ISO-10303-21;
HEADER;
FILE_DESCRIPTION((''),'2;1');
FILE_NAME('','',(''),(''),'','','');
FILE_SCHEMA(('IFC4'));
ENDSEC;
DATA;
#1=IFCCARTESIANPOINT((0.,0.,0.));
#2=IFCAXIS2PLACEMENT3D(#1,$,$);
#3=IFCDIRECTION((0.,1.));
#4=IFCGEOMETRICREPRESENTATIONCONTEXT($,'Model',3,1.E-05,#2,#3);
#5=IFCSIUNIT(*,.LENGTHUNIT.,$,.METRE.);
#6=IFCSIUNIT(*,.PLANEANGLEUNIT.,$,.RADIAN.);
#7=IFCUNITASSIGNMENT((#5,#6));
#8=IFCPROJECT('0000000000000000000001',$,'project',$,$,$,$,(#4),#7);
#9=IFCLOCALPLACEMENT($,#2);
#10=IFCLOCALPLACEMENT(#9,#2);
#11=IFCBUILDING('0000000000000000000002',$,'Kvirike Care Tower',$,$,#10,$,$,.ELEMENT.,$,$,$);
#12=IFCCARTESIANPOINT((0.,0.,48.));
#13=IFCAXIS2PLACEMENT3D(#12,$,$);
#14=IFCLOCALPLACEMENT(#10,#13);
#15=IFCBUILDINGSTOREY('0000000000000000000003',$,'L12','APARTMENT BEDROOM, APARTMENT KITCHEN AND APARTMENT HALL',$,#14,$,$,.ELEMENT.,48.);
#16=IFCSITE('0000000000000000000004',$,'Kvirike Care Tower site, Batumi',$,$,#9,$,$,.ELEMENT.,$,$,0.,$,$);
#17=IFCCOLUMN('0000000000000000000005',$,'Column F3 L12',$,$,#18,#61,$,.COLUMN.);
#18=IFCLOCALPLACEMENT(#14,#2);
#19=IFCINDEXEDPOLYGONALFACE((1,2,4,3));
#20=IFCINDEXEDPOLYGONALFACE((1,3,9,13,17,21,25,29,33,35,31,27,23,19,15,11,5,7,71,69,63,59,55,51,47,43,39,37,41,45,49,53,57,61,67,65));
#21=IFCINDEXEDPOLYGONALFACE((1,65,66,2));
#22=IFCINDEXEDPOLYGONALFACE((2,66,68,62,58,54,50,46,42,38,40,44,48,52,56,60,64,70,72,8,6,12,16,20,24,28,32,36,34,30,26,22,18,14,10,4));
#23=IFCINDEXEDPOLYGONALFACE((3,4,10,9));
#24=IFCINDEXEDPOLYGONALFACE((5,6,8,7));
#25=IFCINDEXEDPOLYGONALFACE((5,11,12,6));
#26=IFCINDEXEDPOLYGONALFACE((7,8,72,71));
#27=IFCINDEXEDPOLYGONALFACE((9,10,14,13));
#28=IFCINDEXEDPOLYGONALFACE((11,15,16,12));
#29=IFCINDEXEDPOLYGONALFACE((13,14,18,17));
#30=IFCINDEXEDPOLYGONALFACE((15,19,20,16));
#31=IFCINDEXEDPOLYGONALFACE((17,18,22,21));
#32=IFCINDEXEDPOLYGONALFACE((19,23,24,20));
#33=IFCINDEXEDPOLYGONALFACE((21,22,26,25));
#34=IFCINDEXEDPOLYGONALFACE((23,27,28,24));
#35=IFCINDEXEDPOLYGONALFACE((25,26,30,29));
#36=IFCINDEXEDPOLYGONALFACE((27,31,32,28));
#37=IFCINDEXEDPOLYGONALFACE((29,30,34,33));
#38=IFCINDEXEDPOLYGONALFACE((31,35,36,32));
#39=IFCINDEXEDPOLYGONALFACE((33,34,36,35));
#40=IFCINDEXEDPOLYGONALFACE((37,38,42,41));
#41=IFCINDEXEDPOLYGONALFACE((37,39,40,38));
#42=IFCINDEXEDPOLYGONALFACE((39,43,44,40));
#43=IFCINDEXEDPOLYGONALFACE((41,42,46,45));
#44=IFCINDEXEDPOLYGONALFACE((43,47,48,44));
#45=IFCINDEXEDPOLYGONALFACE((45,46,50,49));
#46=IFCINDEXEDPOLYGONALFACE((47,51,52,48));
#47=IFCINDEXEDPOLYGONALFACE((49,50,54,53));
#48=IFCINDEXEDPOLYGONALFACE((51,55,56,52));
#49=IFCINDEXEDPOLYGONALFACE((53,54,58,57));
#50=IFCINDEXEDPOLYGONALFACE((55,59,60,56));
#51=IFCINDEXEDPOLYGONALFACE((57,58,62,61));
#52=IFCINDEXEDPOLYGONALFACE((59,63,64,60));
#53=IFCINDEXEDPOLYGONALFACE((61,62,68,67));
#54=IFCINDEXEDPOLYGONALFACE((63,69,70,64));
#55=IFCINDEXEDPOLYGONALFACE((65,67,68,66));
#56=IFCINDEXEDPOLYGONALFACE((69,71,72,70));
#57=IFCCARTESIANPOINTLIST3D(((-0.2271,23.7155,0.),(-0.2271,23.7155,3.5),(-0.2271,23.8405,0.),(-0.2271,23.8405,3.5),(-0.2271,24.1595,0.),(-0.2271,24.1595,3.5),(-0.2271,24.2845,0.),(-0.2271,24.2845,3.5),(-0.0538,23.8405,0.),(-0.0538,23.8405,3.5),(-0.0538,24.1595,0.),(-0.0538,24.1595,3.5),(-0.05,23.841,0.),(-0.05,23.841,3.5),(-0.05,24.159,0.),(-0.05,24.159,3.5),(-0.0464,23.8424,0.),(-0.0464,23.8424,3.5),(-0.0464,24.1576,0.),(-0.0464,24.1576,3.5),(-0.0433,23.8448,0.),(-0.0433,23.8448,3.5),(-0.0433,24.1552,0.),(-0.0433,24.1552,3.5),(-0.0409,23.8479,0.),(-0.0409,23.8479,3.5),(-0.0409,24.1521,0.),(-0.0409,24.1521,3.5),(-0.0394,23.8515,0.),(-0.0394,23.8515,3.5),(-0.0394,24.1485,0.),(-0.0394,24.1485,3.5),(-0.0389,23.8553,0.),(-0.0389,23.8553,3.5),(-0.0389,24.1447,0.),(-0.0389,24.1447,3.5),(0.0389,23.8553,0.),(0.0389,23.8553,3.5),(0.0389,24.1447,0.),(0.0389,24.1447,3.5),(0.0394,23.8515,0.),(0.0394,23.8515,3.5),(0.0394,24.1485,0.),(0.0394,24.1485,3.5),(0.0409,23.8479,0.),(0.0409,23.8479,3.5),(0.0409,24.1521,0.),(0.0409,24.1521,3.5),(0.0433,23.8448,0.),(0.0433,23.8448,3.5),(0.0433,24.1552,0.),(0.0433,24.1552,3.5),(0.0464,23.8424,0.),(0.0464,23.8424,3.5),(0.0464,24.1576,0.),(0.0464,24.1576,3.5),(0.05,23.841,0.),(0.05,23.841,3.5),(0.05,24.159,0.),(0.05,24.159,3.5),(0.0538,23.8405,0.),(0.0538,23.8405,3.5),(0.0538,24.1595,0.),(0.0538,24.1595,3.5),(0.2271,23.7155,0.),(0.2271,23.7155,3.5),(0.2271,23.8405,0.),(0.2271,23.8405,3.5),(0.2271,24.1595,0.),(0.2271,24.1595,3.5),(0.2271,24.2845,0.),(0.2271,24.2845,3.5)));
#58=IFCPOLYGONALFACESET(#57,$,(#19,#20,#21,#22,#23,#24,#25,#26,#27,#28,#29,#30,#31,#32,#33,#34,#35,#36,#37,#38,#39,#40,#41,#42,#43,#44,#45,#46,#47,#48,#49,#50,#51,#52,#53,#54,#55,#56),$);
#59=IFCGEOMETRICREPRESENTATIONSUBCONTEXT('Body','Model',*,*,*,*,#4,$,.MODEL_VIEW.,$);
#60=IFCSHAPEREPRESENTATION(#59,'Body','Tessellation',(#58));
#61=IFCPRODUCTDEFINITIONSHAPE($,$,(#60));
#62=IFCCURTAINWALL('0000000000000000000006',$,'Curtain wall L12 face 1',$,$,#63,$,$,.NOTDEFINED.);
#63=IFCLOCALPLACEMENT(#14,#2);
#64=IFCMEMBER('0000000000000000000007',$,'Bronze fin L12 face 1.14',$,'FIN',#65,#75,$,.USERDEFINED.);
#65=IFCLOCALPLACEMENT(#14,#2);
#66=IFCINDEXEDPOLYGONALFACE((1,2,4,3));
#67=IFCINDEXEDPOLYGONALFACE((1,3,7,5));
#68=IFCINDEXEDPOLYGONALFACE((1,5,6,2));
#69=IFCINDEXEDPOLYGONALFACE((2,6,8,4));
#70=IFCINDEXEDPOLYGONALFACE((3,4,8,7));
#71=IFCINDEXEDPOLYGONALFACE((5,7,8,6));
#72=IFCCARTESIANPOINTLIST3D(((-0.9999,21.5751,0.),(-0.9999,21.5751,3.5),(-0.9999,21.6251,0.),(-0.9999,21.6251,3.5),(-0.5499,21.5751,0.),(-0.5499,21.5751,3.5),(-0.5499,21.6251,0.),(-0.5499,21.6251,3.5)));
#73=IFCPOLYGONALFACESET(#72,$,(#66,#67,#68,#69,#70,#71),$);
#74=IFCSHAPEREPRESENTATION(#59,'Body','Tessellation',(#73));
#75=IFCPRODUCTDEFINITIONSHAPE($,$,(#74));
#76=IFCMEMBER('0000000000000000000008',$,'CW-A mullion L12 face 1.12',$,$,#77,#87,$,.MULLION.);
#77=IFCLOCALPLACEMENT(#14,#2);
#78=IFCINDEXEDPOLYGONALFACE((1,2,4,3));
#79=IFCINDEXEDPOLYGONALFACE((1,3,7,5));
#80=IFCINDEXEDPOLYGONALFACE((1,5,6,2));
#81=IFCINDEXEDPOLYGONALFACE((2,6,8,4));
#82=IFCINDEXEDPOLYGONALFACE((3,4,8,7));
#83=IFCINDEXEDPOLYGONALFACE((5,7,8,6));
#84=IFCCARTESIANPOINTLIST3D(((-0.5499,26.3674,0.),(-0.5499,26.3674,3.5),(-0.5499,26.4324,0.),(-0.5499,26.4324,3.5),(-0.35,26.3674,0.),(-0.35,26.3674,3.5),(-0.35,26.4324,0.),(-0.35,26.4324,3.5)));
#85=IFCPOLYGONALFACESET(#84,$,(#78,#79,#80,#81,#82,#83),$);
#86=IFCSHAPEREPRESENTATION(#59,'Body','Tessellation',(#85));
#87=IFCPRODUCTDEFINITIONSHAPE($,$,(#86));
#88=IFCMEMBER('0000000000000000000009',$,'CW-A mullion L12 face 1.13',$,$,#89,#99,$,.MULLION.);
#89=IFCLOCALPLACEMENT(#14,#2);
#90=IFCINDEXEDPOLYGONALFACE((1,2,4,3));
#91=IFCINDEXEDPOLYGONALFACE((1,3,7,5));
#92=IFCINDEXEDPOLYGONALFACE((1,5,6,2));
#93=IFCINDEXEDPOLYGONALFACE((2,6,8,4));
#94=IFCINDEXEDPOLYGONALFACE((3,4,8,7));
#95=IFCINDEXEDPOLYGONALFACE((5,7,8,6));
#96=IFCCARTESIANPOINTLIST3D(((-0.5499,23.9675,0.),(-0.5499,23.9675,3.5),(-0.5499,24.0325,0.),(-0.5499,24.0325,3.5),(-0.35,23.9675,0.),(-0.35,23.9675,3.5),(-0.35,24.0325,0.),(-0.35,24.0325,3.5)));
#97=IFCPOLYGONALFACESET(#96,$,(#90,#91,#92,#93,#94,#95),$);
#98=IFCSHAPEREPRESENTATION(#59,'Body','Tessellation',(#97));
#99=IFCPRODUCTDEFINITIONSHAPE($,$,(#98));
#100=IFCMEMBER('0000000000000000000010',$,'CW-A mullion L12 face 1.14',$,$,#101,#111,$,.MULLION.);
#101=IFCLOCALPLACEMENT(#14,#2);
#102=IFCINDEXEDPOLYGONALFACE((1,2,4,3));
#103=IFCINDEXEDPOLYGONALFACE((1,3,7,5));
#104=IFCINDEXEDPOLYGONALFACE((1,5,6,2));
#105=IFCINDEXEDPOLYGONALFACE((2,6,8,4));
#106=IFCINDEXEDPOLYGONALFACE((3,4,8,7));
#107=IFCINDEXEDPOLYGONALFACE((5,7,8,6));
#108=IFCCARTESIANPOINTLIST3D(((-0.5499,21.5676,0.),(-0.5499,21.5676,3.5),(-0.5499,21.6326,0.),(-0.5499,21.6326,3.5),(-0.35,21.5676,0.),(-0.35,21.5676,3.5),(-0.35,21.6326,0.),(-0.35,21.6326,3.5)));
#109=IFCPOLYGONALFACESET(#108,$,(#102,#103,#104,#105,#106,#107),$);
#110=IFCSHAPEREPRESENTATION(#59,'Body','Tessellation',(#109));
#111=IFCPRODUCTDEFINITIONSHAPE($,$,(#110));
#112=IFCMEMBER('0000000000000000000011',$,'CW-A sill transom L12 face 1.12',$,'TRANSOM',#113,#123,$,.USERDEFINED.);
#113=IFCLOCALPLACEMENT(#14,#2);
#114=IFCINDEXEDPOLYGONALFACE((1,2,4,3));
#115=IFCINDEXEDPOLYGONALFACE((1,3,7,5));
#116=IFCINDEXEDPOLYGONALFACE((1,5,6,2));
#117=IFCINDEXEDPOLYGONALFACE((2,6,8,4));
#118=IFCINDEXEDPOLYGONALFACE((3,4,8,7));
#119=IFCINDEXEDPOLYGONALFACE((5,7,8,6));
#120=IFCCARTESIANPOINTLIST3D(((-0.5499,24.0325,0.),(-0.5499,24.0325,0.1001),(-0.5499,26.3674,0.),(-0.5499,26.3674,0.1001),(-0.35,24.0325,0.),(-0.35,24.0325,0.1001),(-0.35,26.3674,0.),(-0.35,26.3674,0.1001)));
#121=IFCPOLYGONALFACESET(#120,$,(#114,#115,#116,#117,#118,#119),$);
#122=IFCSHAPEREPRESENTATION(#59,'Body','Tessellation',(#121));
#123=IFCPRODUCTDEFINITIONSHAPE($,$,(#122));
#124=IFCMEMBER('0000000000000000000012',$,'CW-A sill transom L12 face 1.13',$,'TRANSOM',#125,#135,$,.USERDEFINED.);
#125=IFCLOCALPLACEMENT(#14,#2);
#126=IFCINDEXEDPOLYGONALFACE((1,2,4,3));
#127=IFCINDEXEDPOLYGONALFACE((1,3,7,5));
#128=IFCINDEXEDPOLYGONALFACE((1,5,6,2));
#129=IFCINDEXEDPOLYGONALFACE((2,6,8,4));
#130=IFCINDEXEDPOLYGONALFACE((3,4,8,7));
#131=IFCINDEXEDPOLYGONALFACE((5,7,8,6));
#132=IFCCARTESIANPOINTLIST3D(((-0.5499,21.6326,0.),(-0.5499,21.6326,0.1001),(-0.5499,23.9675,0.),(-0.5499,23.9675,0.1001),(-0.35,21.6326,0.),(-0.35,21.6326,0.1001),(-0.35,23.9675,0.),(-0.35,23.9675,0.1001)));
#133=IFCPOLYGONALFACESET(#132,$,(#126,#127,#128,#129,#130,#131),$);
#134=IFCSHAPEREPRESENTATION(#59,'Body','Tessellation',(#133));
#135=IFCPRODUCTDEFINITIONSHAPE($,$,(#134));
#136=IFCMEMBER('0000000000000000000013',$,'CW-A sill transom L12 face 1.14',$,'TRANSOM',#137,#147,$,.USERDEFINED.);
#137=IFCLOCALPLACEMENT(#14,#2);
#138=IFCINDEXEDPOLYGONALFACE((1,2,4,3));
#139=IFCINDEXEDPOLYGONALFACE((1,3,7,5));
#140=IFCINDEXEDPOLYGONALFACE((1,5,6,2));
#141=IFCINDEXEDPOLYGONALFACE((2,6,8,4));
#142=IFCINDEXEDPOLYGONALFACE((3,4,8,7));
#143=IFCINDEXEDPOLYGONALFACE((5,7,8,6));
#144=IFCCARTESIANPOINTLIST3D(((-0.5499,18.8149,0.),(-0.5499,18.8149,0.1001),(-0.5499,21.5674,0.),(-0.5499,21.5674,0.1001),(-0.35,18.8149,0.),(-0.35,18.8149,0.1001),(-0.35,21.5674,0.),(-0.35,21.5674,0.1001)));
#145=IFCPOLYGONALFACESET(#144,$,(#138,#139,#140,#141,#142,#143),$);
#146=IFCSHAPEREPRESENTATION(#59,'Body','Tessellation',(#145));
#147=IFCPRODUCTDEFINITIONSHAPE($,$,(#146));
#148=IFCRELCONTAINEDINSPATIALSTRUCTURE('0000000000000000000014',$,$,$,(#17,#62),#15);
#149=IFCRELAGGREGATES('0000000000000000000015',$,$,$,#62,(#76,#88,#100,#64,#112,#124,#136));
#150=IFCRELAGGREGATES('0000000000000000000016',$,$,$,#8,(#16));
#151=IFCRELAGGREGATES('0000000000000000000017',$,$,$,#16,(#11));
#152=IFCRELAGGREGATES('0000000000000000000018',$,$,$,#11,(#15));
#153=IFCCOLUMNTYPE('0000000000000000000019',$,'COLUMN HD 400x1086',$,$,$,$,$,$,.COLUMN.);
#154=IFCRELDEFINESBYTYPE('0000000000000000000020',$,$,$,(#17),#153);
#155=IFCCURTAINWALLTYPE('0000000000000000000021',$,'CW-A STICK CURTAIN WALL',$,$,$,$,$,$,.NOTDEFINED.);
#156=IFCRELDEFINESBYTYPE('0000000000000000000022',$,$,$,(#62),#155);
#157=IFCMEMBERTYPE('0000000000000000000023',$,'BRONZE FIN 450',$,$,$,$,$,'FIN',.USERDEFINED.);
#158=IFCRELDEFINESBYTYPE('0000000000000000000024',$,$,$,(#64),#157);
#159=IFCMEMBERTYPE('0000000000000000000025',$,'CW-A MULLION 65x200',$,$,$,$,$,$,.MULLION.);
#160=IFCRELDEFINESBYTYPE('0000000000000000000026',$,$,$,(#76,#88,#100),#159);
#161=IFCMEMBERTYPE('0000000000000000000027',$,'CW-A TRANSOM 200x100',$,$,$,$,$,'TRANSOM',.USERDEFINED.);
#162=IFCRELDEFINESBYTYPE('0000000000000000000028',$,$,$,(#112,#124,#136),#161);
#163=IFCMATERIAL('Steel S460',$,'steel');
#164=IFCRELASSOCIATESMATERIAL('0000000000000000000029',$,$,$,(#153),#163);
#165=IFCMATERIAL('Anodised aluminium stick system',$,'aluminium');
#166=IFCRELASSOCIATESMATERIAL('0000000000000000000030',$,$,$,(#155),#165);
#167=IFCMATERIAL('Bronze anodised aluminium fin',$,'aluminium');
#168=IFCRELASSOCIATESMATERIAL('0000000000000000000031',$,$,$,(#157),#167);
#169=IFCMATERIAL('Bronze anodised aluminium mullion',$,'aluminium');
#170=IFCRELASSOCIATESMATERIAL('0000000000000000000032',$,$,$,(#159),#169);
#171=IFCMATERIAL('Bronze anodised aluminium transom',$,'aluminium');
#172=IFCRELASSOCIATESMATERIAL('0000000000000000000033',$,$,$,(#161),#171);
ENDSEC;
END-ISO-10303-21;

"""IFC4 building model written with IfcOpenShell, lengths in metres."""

from ifc_helpers import new_model, si_unit, direction, frame, origin, origin_2d, place, context, subcontext, project, spatial, rectangle, i_section, extrude, material, material_profile, profile_set, type_object, element, aggregate, save


model = new_model("IFC4")

# Units and contexts
model_context = context("Model", 3, precision=1e-05, world=origin(), true_north=direction((0.0, 1.0)))
body_context = subcontext(model_context, "Body", "Model", "MODEL_VIEW")
ifc_project = project(units=[si_unit("LENGTHUNIT", "METRE"), si_unit("PLANEANGLEUNIT", "RADIAN")], contexts=[model_context])

# Site, building, storey
site_placement = place(None, origin())
site = spatial("IfcSite", under=ifc_project, at=site_placement, Name="Kvirike Care Tower site, Batumi", CompositionType="ELEMENT", RefElevation=0.0)
building_placement = place(site_placement, origin())
building = spatial("IfcBuilding", under=site, at=building_placement, Name="Kvirike Care Tower", CompositionType="ELEMENT")
storey_placement = place(building_placement, frame((0.0, 0.0, 48.0)))
storey = spatial("IfcBuildingStorey", under=building, at=storey_placement, Name="L12", Description="APARTMENT BEDROOM, APARTMENT KITCHEN AND APARTMENT HALL", CompositionType="ELEMENT", Elevation=48.0)

# Column
ifc_material_1 = material(Name="Steel S460", Category="steel")
ifc_material_profile_1 = material_profile(ifc_material_1, i_section(OverallWidth=0.4541, OverallDepth=0.5691, WebThickness=0.0779, FlangeThickness=0.125, FilletRadius=0.0149, at=origin_2d()), Name="HD 400x1086")
ifc_profile_set_1 = profile_set([ifc_material_profile_1], Name="Steel S460")
column_type = type_object("IfcColumnType", Name="COLUMN HD 400x1086", PredefinedType="COLUMN", material=ifc_profile_set_1)
column_placement = place(storey_placement, frame((0.0, 24.0, 0.0), z_axis=(0.0, 0.0, 1.0), x_axis=(1.0, 0.0, 0.0)))
element("IfcColumn", 1, at=column_placement, inside=storey, type_object=column_type, Name="Column F3 L12", PredefinedType="COLUMN", context=body_context, shape_type="SweptSolid", body=[
    extrude(i_section(OverallWidth=0.4541, OverallDepth=0.5691, WebThickness=0.0779, FlangeThickness=0.125, FilletRadius=0.0149, at=origin_2d()), origin(), (0.0, 0.0, 1.0), 3.5),
])

# Curtain wall, members
ifc_material_2 = material(Name="Anodised aluminium stick system", Category="aluminium")
curtain_wall_type = type_object("IfcCurtainWallType", Name="CW-A STICK CURTAIN WALL", PredefinedType="NOTDEFINED", material=ifc_material_2)
curtain_wall_placement = place(storey_placement, origin())
curtain_wall = element("IfcCurtainWall", 2, at=curtain_wall_placement, inside=storey, type_object=curtain_wall_type, Name="Curtain wall L12 face 1", PredefinedType="NOTDEFINED")
ifc_material_3 = material(Name="Bronze anodised aluminium fin", Category="aluminium")
ifc_material_profile_2 = material_profile(ifc_material_3, rectangle(XDim=0.05, YDim=0.45, at=origin_2d()), Name="BRONZE FIN 450")
ifc_profile_set_2 = profile_set([ifc_material_profile_2], Name="Bronze anodised aluminium fin")
member_type_1 = type_object("IfcMemberType", Name="BRONZE FIN 450", ElementType="FIN", PredefinedType="USERDEFINED", material=ifc_profile_set_2)
member_1_placement = place(storey_placement, frame((-0.7749, 21.6001, 0.0), z_axis=(0.0, 0.0, 1.0), x_axis=(0.0, -1.0, 0.0)))
member_1 = element("IfcMember", 3, at=member_1_placement, type_object=member_type_1, Name="Bronze fin L12 face 1.14", ObjectType="FIN", PredefinedType="USERDEFINED", context=body_context, shape_type="SweptSolid", body=[
    extrude(rectangle(XDim=0.05, YDim=0.45, at=origin_2d()), origin(), (0.0, 0.0, 1.0), 3.5),
])
ifc_material_4 = material(Name="Bronze anodised aluminium mullion", Category="aluminium")
ifc_material_profile_3 = material_profile(ifc_material_4, rectangle(XDim=0.0649, YDim=0.2, at=origin_2d()), Name="CW-A MULLION 65x200")
ifc_profile_set_3 = profile_set([ifc_material_profile_3], Name="Bronze anodised aluminium mullion")
member_type_2 = type_object("IfcMemberType", Name="CW-A MULLION 65x200", PredefinedType="MULLION", material=ifc_profile_set_3)
member_2_placement = place(storey_placement, frame((-0.45, 26.3999, 0.0), z_axis=(0.0, 0.0, 1.0), x_axis=(0.0, -1.0, 0.0)))
member_2 = element("IfcMember", 4, at=member_2_placement, type_object=member_type_2, Name="CW-A mullion L12 face 1.12", PredefinedType="MULLION", context=body_context, shape_type="SweptSolid", body=[
    extrude(rectangle(XDim=0.0649, YDim=0.2, at=origin_2d()), origin(), (0.0, 0.0, 1.0), 3.5),
])
member_3_placement = place(storey_placement, frame((-0.45, 24.0, 0.0), z_axis=(0.0, 0.0, 1.0), x_axis=(0.0, -1.0, 0.0)))
member_3 = element("IfcMember", 5, at=member_3_placement, type_object=member_type_2, Name="CW-A mullion L12 face 1.13", PredefinedType="MULLION", context=body_context, shape_type="SweptSolid", body=[
    extrude(rectangle(XDim=0.0649, YDim=0.2, at=origin_2d()), origin(), (0.0, 0.0, 1.0), 3.5),
])
member_4_placement = place(storey_placement, frame((-0.45, 21.6001, 0.0), z_axis=(0.0, 0.0, 1.0), x_axis=(0.0, -1.0, 0.0)))
member_4 = element("IfcMember", 6, at=member_4_placement, type_object=member_type_2, Name="CW-A mullion L12 face 1.14", PredefinedType="MULLION", context=body_context, shape_type="SweptSolid", body=[
    extrude(rectangle(XDim=0.0649, YDim=0.2, at=origin_2d()), origin(), (0.0, 0.0, 1.0), 3.5),
])
ifc_material_5 = material(Name="Bronze anodised aluminium transom", Category="aluminium")
ifc_material_profile_4 = material_profile(ifc_material_5, rectangle(XDim=0.2, YDim=0.1001, at=origin_2d()), Name="CW-A TRANSOM 200x100")
ifc_profile_set_4 = profile_set([ifc_material_profile_4], Name="Bronze anodised aluminium transom")
member_type_3 = type_object("IfcMemberType", Name="CW-A TRANSOM 200x100", ElementType="TRANSOM", PredefinedType="USERDEFINED", material=ifc_profile_set_4)
member_5_placement = place(storey_placement, frame((-0.45, 26.3674, 0.05), z_axis=(0.0, -1.0, 0.0), x_axis=(1.0, 0.0, 0.0)))
member_5 = element("IfcMember", 7, at=member_5_placement, type_object=member_type_3, Name="CW-A sill transom L12 face 1.12", ObjectType="TRANSOM", PredefinedType="USERDEFINED", context=body_context, shape_type="SweptSolid", body=[
    extrude(rectangle(XDim=0.2, YDim=0.1001, at=origin_2d()), origin(), (0.0, 0.0, 1.0), 2.335),
])
member_6_placement = place(storey_placement, frame((-0.45, 23.9675, 0.05), z_axis=(0.0, -1.0, 0.0), x_axis=(1.0, 0.0, 0.0)))
member_6 = element("IfcMember", 8, at=member_6_placement, type_object=member_type_3, Name="CW-A sill transom L12 face 1.13", ObjectType="TRANSOM", PredefinedType="USERDEFINED", context=body_context, shape_type="SweptSolid", body=[
    extrude(rectangle(XDim=0.2, YDim=0.1001, at=origin_2d()), origin(), (0.0, 0.0, 1.0), 2.335),
])
member_7_placement = place(storey_placement, frame((-0.45, 21.5674, 0.05), z_axis=(0.0, -1.0, 0.0), x_axis=(1.0, 0.0, 0.0)))
member_7 = element("IfcMember", 9, at=member_7_placement, type_object=member_type_3, Name="CW-A sill transom L12 face 1.14", ObjectType="TRANSOM", PredefinedType="USERDEFINED", context=body_context, shape_type="SweptSolid", body=[
    extrude(rectangle(XDim=0.2, YDim=0.1001, at=origin_2d()), origin(), (0.0, 0.0, 1.0), 2.7524),
])

aggregate(curtain_wall, [member_2, member_3, member_4, member_1, member_5, member_6, member_7])

save(model, "model.ifc")
